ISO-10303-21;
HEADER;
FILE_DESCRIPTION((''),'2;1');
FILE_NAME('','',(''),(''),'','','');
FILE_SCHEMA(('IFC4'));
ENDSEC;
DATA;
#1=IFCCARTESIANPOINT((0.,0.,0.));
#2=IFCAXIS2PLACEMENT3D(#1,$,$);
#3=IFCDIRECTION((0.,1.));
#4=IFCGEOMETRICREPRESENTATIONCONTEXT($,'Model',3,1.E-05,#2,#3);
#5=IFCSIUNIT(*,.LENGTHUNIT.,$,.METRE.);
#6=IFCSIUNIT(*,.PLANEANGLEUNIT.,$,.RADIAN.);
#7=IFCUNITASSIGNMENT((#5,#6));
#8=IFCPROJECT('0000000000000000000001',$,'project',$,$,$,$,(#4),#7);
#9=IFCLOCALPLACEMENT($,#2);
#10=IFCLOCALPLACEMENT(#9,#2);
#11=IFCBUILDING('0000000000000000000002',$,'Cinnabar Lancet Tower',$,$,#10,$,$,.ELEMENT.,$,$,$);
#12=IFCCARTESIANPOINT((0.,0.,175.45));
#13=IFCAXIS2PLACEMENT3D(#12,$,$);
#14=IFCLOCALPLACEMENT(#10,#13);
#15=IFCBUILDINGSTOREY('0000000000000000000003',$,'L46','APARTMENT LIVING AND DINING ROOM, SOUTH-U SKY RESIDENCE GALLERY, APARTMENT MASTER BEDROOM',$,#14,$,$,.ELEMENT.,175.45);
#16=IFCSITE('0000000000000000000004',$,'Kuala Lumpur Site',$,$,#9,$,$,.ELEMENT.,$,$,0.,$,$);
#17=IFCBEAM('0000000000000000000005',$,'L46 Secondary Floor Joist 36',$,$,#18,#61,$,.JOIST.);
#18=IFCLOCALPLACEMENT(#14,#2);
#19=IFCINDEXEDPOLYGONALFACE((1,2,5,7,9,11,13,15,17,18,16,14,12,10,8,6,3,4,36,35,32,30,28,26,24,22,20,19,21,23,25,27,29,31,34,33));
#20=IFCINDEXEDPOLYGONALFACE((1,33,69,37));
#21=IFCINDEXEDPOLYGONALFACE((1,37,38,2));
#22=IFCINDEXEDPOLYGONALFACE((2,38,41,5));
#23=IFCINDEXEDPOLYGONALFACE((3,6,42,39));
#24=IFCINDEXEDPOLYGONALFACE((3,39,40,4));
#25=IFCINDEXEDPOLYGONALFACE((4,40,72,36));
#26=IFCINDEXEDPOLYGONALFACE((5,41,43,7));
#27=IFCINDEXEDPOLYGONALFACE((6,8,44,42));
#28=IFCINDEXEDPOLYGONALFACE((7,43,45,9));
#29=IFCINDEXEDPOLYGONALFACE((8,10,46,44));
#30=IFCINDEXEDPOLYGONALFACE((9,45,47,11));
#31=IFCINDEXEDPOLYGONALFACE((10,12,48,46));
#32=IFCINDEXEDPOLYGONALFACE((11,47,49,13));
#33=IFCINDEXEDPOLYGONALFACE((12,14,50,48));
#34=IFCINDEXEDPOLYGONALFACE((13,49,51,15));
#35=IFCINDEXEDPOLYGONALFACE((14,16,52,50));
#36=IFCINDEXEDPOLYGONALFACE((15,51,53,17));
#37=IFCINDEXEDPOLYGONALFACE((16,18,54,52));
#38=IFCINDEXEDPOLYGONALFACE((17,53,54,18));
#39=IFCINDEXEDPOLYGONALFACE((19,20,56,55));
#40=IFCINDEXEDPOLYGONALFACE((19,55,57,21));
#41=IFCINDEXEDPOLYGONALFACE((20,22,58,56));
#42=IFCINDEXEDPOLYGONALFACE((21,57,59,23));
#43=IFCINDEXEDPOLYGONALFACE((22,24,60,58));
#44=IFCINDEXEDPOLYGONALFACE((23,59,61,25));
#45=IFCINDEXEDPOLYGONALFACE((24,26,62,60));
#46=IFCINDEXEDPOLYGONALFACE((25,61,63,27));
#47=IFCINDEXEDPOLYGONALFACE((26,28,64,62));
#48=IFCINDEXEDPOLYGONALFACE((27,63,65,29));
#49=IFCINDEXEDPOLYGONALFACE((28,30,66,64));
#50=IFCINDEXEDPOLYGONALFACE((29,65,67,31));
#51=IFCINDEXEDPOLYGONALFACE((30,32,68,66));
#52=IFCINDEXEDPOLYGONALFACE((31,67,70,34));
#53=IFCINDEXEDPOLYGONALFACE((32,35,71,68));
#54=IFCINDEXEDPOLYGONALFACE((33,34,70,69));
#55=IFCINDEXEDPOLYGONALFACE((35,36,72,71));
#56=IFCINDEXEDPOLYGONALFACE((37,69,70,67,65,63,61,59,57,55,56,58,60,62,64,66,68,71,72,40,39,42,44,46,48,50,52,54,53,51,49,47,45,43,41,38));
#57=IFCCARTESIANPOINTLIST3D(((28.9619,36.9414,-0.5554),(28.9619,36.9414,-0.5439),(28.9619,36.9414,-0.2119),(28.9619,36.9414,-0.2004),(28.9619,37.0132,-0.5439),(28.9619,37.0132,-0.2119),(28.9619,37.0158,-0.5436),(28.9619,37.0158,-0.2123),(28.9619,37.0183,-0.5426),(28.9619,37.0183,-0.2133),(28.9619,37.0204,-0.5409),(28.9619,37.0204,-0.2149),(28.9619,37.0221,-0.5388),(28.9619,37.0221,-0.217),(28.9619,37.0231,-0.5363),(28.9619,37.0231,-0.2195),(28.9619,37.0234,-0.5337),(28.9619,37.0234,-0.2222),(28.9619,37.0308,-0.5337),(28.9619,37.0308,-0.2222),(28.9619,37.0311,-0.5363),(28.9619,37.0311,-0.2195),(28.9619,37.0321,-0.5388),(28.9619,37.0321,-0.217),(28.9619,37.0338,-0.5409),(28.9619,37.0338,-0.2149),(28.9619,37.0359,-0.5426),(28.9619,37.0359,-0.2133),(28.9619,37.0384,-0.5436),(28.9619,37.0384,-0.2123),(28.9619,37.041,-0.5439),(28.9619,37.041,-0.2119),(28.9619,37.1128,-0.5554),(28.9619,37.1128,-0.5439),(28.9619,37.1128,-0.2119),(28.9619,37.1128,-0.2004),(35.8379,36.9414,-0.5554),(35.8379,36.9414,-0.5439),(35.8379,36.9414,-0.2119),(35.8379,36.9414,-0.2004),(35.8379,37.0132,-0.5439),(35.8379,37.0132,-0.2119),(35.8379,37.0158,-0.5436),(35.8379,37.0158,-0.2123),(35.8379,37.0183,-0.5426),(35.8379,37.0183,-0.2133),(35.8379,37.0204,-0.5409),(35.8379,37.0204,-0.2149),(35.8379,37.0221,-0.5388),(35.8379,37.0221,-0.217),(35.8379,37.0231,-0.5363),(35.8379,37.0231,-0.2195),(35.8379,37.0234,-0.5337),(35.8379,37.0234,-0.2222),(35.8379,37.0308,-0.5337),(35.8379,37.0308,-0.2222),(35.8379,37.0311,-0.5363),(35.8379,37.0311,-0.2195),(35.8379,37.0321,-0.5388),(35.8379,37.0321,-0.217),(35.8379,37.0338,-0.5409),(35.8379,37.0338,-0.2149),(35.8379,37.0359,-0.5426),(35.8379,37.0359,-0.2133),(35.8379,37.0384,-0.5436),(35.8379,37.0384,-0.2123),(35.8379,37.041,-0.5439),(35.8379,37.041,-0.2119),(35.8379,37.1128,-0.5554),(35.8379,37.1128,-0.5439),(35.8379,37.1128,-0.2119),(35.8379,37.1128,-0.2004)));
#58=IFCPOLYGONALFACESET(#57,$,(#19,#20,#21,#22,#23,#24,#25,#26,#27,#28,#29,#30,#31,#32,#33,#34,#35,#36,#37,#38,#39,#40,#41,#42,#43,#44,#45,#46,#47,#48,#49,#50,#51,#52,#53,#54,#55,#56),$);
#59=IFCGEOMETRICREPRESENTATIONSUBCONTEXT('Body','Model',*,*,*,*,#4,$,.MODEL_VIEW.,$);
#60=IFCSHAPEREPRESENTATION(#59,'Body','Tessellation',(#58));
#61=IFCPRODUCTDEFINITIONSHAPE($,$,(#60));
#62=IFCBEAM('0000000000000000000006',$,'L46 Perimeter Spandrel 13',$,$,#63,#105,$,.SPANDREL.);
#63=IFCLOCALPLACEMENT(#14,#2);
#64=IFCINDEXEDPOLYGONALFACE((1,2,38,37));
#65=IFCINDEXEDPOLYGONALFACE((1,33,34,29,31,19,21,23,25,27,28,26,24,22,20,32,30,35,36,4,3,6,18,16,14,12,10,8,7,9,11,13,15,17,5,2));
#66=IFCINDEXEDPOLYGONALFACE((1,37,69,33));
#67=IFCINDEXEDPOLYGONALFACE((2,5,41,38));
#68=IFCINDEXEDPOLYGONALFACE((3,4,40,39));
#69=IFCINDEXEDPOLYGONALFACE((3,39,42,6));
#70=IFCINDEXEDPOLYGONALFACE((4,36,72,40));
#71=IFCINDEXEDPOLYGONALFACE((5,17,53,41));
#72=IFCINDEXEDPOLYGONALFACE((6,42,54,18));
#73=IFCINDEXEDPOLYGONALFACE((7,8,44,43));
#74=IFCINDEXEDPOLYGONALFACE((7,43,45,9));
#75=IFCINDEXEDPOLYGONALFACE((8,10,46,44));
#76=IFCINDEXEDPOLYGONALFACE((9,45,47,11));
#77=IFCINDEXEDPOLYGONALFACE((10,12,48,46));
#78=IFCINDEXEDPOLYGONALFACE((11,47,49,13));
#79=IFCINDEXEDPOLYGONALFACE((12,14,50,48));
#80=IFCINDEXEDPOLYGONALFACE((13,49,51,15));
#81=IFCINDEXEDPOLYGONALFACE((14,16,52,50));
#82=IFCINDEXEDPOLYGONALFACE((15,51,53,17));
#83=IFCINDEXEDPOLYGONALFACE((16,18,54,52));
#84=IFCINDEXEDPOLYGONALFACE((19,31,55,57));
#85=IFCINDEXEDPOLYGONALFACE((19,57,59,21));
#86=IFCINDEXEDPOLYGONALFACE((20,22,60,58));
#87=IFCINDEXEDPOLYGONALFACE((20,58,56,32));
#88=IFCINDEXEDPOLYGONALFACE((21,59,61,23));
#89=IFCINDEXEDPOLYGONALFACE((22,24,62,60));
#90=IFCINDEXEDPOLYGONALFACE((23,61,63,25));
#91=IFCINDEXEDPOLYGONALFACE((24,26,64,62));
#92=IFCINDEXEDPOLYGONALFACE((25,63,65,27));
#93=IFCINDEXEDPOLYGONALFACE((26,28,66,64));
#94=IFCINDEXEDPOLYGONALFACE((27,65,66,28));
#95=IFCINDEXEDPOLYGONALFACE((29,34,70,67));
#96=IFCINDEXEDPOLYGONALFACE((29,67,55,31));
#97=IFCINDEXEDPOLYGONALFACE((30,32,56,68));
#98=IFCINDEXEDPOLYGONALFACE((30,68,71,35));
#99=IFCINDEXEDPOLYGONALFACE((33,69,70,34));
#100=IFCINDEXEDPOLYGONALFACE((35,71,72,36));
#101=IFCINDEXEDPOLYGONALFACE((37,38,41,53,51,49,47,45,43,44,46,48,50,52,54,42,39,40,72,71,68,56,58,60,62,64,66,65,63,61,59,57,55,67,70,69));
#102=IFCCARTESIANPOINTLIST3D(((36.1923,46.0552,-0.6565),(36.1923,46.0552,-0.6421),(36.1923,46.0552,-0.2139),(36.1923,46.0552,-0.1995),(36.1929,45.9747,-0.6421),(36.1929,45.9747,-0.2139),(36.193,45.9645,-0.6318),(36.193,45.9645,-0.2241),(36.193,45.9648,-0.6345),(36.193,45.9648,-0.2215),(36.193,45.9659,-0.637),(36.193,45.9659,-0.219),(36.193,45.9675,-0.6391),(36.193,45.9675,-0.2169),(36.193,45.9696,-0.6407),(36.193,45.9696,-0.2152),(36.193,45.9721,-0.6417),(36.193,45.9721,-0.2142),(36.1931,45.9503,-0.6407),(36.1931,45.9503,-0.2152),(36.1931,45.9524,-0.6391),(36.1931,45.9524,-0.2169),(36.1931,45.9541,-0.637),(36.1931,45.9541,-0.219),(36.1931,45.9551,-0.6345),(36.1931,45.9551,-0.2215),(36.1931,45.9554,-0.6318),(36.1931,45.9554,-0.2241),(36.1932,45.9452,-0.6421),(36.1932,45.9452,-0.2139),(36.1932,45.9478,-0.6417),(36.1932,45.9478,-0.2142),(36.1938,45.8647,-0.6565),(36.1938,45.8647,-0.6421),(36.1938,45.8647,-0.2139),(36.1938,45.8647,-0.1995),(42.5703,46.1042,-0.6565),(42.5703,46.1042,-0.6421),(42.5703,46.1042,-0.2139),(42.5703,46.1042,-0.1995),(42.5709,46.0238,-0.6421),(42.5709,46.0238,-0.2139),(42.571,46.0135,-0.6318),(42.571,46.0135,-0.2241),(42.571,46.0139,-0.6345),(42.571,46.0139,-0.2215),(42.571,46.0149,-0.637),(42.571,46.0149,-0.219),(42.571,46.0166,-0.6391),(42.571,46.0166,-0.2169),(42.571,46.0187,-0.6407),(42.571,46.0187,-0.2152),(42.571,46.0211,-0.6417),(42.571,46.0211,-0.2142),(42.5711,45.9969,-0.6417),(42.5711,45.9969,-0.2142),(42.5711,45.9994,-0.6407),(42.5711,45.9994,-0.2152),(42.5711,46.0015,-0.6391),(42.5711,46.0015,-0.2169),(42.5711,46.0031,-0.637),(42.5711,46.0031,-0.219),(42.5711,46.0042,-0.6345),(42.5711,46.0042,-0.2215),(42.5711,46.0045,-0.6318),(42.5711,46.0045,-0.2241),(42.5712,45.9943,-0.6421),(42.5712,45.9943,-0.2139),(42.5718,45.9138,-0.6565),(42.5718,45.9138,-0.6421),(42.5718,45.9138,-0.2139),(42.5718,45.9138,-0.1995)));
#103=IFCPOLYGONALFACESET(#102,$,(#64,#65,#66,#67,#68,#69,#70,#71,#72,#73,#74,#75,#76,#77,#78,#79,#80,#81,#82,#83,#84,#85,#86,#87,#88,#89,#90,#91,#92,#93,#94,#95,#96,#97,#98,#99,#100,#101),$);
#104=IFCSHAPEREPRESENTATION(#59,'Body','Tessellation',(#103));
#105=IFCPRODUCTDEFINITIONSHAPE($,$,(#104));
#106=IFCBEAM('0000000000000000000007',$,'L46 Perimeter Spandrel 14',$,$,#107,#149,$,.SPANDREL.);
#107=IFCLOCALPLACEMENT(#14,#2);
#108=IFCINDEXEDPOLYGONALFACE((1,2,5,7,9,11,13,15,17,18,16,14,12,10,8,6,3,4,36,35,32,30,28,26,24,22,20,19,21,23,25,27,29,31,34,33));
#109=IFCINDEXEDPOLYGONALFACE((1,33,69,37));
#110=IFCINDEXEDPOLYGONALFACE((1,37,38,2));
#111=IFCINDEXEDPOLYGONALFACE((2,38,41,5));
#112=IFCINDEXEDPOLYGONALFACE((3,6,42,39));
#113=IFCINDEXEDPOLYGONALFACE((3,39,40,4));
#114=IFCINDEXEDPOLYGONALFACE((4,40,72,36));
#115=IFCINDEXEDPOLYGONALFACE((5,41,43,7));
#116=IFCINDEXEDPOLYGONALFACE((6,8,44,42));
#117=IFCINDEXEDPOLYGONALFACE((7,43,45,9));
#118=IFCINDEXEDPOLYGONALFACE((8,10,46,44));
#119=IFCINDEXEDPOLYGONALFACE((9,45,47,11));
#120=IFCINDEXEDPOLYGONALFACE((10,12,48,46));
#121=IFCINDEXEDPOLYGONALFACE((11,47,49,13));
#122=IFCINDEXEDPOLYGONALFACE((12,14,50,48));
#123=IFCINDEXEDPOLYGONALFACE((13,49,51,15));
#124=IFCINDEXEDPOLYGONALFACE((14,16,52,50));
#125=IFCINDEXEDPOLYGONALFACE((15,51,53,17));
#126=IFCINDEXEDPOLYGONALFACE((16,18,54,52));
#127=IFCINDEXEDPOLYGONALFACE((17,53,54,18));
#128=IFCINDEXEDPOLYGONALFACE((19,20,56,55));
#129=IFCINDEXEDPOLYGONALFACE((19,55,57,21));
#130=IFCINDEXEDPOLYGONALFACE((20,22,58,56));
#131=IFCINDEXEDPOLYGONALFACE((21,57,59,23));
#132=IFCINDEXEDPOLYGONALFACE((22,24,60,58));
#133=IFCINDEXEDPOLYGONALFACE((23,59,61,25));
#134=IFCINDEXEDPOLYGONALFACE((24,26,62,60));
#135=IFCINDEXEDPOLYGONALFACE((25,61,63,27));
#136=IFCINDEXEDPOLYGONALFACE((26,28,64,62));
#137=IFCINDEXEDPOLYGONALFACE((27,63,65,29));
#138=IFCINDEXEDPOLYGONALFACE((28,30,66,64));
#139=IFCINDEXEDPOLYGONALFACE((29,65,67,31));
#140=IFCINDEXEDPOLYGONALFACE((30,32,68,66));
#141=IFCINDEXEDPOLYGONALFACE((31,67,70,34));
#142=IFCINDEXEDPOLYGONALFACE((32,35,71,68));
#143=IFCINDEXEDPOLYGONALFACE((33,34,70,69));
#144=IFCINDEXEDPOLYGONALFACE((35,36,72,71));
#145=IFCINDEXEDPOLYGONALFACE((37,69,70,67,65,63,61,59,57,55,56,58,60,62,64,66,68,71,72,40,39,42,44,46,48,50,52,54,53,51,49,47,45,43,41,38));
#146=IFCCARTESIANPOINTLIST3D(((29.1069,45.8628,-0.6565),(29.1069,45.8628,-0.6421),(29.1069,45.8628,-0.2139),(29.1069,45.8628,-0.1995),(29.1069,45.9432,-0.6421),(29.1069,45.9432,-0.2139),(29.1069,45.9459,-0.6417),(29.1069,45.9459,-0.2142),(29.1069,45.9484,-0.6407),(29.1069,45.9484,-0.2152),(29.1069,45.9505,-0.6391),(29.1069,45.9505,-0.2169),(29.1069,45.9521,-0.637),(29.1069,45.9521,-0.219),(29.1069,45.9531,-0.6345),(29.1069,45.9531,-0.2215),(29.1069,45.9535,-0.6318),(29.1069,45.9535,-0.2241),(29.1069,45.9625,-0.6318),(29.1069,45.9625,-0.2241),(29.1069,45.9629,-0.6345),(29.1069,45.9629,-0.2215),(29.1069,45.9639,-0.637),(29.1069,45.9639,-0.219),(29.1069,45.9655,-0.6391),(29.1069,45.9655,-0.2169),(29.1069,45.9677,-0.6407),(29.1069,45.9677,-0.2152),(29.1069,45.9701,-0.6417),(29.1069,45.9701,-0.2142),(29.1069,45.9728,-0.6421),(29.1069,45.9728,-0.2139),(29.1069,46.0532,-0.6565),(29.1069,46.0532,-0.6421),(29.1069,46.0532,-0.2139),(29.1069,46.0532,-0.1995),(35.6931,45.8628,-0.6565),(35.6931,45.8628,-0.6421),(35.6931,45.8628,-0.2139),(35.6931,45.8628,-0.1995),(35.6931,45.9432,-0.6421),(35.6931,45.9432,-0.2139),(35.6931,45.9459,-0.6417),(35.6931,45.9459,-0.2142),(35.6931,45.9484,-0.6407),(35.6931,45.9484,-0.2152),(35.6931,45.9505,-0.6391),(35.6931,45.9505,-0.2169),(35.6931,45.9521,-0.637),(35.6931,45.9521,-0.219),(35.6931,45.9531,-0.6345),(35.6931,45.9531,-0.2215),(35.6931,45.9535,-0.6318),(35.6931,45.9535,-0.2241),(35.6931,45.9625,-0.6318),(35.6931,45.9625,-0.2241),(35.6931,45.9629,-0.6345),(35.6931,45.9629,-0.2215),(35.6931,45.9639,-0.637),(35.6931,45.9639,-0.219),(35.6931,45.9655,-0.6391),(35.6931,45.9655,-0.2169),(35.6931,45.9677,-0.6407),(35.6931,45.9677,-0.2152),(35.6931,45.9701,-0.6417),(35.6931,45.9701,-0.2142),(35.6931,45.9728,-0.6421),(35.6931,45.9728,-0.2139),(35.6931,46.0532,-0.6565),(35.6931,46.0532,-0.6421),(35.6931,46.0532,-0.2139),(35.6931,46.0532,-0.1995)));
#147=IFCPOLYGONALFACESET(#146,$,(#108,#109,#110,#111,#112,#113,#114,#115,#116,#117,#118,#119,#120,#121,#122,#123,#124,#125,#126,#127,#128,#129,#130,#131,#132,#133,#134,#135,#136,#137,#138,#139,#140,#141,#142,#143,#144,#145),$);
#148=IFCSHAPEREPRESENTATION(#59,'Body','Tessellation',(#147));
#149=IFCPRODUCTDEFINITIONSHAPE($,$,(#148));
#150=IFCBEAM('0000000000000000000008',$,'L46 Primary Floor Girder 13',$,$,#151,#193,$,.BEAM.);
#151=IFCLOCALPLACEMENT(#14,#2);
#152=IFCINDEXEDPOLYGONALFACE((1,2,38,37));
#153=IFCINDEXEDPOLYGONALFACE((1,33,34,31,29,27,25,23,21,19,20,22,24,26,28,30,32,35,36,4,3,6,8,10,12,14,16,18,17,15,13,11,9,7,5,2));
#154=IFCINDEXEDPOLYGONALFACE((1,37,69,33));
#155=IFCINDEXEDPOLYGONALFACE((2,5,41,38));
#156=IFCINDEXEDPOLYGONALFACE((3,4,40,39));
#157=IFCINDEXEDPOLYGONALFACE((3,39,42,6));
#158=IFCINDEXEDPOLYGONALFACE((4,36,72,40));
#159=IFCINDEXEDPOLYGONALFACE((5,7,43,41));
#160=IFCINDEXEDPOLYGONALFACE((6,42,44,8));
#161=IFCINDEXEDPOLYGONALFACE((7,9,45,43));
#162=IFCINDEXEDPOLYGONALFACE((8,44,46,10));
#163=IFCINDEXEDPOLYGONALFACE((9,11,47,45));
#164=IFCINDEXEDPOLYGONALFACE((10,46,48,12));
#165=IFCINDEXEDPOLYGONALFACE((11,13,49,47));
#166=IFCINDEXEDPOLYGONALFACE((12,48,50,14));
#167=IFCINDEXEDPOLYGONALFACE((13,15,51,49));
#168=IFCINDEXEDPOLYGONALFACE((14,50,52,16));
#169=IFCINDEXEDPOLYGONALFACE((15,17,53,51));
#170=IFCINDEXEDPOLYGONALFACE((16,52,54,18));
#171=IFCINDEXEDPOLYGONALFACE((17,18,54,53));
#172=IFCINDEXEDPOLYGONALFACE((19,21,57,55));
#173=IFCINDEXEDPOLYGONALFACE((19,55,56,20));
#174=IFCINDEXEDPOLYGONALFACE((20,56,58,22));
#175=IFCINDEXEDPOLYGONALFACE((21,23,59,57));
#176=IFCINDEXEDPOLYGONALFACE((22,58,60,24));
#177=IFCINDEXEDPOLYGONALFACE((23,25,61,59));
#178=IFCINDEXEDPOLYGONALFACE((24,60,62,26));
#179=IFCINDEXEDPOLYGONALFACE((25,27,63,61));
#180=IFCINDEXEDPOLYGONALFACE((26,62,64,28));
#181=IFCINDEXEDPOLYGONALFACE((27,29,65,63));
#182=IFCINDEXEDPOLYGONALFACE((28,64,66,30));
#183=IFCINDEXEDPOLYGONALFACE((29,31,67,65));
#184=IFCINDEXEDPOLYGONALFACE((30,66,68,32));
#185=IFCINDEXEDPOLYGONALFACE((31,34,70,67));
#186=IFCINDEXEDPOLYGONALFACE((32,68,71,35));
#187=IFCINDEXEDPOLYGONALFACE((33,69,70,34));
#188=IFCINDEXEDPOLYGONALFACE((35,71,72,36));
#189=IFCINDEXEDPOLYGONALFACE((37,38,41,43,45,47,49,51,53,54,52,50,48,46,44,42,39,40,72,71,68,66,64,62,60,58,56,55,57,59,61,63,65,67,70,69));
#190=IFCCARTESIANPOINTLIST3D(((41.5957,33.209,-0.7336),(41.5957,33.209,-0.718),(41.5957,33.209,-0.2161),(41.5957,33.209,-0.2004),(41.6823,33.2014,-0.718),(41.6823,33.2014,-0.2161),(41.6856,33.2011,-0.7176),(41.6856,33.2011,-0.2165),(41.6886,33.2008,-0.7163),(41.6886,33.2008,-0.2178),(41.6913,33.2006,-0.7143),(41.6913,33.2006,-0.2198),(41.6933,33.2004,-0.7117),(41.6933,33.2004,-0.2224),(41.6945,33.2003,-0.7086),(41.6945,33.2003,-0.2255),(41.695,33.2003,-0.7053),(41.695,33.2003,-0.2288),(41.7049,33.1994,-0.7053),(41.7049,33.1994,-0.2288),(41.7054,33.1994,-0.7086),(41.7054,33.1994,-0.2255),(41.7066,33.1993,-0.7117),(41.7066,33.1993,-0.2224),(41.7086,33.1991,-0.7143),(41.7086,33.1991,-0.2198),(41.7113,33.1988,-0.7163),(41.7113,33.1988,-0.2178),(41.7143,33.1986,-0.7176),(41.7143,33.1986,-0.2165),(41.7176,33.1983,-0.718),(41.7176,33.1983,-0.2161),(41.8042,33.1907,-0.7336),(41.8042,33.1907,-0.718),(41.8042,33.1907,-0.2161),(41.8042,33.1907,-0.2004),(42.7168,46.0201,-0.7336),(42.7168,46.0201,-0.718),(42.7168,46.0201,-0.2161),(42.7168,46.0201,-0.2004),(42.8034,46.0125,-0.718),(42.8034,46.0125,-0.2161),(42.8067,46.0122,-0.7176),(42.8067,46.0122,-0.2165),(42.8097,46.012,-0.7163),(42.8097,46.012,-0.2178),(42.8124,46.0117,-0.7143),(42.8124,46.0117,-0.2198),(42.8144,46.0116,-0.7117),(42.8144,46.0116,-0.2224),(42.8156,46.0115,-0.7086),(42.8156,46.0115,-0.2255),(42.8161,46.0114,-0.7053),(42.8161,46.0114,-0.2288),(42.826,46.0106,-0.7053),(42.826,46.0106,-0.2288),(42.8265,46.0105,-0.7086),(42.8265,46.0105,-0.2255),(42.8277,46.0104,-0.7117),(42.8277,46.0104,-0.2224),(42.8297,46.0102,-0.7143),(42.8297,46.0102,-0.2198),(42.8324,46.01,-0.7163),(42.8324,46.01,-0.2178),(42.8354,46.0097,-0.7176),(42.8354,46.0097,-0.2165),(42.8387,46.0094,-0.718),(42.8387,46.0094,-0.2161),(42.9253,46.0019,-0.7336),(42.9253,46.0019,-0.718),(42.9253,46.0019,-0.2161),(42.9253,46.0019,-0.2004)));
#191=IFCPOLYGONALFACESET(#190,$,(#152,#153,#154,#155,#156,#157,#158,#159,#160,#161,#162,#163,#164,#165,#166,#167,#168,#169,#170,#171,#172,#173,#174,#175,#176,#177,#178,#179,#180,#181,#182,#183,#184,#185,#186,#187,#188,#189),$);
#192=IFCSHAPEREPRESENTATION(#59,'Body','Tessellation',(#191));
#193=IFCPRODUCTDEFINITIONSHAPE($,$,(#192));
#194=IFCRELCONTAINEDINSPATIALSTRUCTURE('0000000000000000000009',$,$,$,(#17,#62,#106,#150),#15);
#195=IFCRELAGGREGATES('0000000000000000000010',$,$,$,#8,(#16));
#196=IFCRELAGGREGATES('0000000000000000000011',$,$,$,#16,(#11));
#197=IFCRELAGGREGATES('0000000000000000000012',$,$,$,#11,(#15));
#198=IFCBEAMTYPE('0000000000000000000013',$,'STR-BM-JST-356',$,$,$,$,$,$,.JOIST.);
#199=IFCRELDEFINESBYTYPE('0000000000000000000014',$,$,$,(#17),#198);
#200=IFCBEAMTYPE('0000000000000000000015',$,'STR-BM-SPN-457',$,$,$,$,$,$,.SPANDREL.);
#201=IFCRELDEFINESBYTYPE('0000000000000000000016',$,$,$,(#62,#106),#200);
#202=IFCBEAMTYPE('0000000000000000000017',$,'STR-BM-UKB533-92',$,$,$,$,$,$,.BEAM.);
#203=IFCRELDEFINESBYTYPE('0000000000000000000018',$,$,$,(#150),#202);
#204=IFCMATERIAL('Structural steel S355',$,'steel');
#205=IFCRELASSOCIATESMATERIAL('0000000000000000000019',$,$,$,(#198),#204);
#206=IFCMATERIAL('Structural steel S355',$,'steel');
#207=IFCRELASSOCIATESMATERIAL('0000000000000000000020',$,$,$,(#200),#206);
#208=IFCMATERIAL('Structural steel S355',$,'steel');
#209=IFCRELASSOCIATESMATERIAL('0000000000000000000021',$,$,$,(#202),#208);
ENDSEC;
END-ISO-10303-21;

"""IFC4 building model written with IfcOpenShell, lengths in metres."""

from ifc_helpers import new_model, si_unit, direction, frame, origin, origin_2d, place, context, subcontext, project, spatial, i_section, extrude, material, material_profile, profile_set, type_object, element, save


model = new_model("IFC4")

# Units and contexts
model_context = context("Model", 3, precision=1e-05, world=origin(), true_north=direction((0.0, 1.0)))
body_context = subcontext(model_context, "Body", "Model", "MODEL_VIEW")
ifc_project = project(units=[si_unit("LENGTHUNIT", "METRE"), si_unit("PLANEANGLEUNIT", "RADIAN")], contexts=[model_context])

# Site, building, storey
site_placement = place(None, origin())
site = spatial("IfcSite", under=ifc_project, at=site_placement, Name="Kuala Lumpur Site", CompositionType="ELEMENT", RefElevation=0.0)
building_placement = place(site_placement, origin())
building = spatial("IfcBuilding", under=site, at=building_placement, Name="Cinnabar Lancet Tower", CompositionType="ELEMENT")
storey_placement = place(building_placement, frame((0.0, 0.0, 175.45)))
storey = spatial("IfcBuildingStorey", under=building, at=storey_placement, Name="L46", Description="APARTMENT LIVING AND DINING ROOM, SOUTH-U SKY RESIDENCE GALLERY, APARTMENT MASTER BEDROOM", CompositionType="ELEMENT", Elevation=175.45)

# Beams
ifc_material_1 = material(Name="Structural steel S355", Category="steel")
ifc_material_profile_1 = material_profile(ifc_material_1, i_section(OverallWidth=0.1714, OverallDepth=0.355, WebThickness=0.0073, FlangeThickness=0.0115, FilletRadius=0.0103, at=origin_2d()), Name="UKB 356x171x51")
ifc_profile_set_1 = profile_set([ifc_material_profile_1], Name="Structural steel S355")
beam_type_1 = type_object("IfcBeamType", Name="STR-BM-JST-356", PredefinedType="JOIST", material=ifc_profile_set_1)
for number, where, z_axis, x_axis, name in (
    (1, (35.8379, 37.0271, -0.3779), (-1.0, 0.0, 0.0), (0.0, -1.0, 0.0), "L46 Secondary Floor Joist 36"),
):
    element("IfcBeam", number, at=place(storey_placement, frame(where, z_axis=z_axis, x_axis=x_axis)), inside=storey, type_object=beam_type_1, Name=name, PredefinedType="JOIST", context=body_context, shape_type="SweptSolid", body=[
        extrude(i_section(OverallWidth=0.1714, OverallDepth=0.355, WebThickness=0.0073, FlangeThickness=0.0115, FilletRadius=0.0103, at=origin_2d()), origin(), (0.0, 0.0, 1.0), 6.876),
    ])
ifc_material_2 = material(Name="Structural steel S355", Category="steel")
ifc_material_profile_2 = material_profile(ifc_material_2, i_section(OverallWidth=0.1904, OverallDepth=0.457, WebThickness=0.009, FlangeThickness=0.0144, FilletRadius=0.0103, at=origin_2d()), Name="UKB 457x191x74")
ifc_profile_set_2 = profile_set([ifc_material_profile_2], Name="Structural steel S355")
beam_type_2 = type_object("IfcBeamType", Name="STR-BM-SPN-457", PredefinedType="SPANDREL", material=ifc_profile_set_2)
beam_1_placement = place(storey_placement, frame((42.571, 46.009, -0.428), z_axis=(-0.99997, -0.007694, 0.0), x_axis=(0.007694, -0.99997, 0.0)))
element("IfcBeam", 2, at=beam_1_placement, inside=storey, type_object=beam_type_2, Name="L46 Perimeter Spandrel 13", PredefinedType="SPANDREL", context=body_context, shape_type="SweptSolid", body=[
    extrude(i_section(OverallWidth=0.1904, OverallDepth=0.457, WebThickness=0.009, FlangeThickness=0.0144, FilletRadius=0.0103, at=origin_2d()), origin(), (0.0, 0.0, 1.0), 6.3782),
])
beam_2_placement = place(storey_placement, frame((35.6931, 45.958, -0.428), z_axis=(-1.0, 0.0, 0.0), x_axis=(0.0, -1.0, 0.0)))
element("IfcBeam", 3, at=beam_2_placement, inside=storey, type_object=beam_type_2, Name="L46 Perimeter Spandrel 14", PredefinedType="SPANDREL", context=body_context, shape_type="SweptSolid", body=[
    extrude(i_section(OverallWidth=0.1904, OverallDepth=0.457, WebThickness=0.009, FlangeThickness=0.0144, FilletRadius=0.0103, at=origin_2d()), origin(), (0.0, 0.0, 1.0), 6.5862),
])
ifc_material_3 = material(Name="Structural steel S355", Category="steel")
ifc_material_profile_3 = material_profile(ifc_material_3, i_section(OverallWidth=0.2092, OverallDepth=0.5332, WebThickness=0.01, FlangeThickness=0.0156, FilletRadius=0.0127, at=origin_2d()), Name="UKB 533x210x92")
ifc_profile_set_3 = profile_set([ifc_material_profile_3], Name="Structural steel S355")
beam_type_3 = type_object("IfcBeamType", Name="STR-BM-UKB533-92", PredefinedType="BEAM", material=ifc_profile_set_3)
beam_3_placement = place(storey_placement, frame((42.821, 46.011, -0.467), z_axis=(-0.087177, -0.996193, 0.0), x_axis=(0.996193, -0.087177, 0.0)))
element("IfcBeam", 4, at=beam_3_placement, inside=storey, type_object=beam_type_3, Name="L46 Primary Floor Girder 13", PredefinedType="BEAM", context=body_context, shape_type="SweptSolid", body=[
    extrude(i_section(OverallWidth=0.2092, OverallDepth=0.5332, WebThickness=0.01, FlangeThickness=0.0156, FilletRadius=0.0127, at=origin_2d()), origin(), (0.0, 0.0, 1.0), 12.8601),
])

save(model, "model.ifc")
